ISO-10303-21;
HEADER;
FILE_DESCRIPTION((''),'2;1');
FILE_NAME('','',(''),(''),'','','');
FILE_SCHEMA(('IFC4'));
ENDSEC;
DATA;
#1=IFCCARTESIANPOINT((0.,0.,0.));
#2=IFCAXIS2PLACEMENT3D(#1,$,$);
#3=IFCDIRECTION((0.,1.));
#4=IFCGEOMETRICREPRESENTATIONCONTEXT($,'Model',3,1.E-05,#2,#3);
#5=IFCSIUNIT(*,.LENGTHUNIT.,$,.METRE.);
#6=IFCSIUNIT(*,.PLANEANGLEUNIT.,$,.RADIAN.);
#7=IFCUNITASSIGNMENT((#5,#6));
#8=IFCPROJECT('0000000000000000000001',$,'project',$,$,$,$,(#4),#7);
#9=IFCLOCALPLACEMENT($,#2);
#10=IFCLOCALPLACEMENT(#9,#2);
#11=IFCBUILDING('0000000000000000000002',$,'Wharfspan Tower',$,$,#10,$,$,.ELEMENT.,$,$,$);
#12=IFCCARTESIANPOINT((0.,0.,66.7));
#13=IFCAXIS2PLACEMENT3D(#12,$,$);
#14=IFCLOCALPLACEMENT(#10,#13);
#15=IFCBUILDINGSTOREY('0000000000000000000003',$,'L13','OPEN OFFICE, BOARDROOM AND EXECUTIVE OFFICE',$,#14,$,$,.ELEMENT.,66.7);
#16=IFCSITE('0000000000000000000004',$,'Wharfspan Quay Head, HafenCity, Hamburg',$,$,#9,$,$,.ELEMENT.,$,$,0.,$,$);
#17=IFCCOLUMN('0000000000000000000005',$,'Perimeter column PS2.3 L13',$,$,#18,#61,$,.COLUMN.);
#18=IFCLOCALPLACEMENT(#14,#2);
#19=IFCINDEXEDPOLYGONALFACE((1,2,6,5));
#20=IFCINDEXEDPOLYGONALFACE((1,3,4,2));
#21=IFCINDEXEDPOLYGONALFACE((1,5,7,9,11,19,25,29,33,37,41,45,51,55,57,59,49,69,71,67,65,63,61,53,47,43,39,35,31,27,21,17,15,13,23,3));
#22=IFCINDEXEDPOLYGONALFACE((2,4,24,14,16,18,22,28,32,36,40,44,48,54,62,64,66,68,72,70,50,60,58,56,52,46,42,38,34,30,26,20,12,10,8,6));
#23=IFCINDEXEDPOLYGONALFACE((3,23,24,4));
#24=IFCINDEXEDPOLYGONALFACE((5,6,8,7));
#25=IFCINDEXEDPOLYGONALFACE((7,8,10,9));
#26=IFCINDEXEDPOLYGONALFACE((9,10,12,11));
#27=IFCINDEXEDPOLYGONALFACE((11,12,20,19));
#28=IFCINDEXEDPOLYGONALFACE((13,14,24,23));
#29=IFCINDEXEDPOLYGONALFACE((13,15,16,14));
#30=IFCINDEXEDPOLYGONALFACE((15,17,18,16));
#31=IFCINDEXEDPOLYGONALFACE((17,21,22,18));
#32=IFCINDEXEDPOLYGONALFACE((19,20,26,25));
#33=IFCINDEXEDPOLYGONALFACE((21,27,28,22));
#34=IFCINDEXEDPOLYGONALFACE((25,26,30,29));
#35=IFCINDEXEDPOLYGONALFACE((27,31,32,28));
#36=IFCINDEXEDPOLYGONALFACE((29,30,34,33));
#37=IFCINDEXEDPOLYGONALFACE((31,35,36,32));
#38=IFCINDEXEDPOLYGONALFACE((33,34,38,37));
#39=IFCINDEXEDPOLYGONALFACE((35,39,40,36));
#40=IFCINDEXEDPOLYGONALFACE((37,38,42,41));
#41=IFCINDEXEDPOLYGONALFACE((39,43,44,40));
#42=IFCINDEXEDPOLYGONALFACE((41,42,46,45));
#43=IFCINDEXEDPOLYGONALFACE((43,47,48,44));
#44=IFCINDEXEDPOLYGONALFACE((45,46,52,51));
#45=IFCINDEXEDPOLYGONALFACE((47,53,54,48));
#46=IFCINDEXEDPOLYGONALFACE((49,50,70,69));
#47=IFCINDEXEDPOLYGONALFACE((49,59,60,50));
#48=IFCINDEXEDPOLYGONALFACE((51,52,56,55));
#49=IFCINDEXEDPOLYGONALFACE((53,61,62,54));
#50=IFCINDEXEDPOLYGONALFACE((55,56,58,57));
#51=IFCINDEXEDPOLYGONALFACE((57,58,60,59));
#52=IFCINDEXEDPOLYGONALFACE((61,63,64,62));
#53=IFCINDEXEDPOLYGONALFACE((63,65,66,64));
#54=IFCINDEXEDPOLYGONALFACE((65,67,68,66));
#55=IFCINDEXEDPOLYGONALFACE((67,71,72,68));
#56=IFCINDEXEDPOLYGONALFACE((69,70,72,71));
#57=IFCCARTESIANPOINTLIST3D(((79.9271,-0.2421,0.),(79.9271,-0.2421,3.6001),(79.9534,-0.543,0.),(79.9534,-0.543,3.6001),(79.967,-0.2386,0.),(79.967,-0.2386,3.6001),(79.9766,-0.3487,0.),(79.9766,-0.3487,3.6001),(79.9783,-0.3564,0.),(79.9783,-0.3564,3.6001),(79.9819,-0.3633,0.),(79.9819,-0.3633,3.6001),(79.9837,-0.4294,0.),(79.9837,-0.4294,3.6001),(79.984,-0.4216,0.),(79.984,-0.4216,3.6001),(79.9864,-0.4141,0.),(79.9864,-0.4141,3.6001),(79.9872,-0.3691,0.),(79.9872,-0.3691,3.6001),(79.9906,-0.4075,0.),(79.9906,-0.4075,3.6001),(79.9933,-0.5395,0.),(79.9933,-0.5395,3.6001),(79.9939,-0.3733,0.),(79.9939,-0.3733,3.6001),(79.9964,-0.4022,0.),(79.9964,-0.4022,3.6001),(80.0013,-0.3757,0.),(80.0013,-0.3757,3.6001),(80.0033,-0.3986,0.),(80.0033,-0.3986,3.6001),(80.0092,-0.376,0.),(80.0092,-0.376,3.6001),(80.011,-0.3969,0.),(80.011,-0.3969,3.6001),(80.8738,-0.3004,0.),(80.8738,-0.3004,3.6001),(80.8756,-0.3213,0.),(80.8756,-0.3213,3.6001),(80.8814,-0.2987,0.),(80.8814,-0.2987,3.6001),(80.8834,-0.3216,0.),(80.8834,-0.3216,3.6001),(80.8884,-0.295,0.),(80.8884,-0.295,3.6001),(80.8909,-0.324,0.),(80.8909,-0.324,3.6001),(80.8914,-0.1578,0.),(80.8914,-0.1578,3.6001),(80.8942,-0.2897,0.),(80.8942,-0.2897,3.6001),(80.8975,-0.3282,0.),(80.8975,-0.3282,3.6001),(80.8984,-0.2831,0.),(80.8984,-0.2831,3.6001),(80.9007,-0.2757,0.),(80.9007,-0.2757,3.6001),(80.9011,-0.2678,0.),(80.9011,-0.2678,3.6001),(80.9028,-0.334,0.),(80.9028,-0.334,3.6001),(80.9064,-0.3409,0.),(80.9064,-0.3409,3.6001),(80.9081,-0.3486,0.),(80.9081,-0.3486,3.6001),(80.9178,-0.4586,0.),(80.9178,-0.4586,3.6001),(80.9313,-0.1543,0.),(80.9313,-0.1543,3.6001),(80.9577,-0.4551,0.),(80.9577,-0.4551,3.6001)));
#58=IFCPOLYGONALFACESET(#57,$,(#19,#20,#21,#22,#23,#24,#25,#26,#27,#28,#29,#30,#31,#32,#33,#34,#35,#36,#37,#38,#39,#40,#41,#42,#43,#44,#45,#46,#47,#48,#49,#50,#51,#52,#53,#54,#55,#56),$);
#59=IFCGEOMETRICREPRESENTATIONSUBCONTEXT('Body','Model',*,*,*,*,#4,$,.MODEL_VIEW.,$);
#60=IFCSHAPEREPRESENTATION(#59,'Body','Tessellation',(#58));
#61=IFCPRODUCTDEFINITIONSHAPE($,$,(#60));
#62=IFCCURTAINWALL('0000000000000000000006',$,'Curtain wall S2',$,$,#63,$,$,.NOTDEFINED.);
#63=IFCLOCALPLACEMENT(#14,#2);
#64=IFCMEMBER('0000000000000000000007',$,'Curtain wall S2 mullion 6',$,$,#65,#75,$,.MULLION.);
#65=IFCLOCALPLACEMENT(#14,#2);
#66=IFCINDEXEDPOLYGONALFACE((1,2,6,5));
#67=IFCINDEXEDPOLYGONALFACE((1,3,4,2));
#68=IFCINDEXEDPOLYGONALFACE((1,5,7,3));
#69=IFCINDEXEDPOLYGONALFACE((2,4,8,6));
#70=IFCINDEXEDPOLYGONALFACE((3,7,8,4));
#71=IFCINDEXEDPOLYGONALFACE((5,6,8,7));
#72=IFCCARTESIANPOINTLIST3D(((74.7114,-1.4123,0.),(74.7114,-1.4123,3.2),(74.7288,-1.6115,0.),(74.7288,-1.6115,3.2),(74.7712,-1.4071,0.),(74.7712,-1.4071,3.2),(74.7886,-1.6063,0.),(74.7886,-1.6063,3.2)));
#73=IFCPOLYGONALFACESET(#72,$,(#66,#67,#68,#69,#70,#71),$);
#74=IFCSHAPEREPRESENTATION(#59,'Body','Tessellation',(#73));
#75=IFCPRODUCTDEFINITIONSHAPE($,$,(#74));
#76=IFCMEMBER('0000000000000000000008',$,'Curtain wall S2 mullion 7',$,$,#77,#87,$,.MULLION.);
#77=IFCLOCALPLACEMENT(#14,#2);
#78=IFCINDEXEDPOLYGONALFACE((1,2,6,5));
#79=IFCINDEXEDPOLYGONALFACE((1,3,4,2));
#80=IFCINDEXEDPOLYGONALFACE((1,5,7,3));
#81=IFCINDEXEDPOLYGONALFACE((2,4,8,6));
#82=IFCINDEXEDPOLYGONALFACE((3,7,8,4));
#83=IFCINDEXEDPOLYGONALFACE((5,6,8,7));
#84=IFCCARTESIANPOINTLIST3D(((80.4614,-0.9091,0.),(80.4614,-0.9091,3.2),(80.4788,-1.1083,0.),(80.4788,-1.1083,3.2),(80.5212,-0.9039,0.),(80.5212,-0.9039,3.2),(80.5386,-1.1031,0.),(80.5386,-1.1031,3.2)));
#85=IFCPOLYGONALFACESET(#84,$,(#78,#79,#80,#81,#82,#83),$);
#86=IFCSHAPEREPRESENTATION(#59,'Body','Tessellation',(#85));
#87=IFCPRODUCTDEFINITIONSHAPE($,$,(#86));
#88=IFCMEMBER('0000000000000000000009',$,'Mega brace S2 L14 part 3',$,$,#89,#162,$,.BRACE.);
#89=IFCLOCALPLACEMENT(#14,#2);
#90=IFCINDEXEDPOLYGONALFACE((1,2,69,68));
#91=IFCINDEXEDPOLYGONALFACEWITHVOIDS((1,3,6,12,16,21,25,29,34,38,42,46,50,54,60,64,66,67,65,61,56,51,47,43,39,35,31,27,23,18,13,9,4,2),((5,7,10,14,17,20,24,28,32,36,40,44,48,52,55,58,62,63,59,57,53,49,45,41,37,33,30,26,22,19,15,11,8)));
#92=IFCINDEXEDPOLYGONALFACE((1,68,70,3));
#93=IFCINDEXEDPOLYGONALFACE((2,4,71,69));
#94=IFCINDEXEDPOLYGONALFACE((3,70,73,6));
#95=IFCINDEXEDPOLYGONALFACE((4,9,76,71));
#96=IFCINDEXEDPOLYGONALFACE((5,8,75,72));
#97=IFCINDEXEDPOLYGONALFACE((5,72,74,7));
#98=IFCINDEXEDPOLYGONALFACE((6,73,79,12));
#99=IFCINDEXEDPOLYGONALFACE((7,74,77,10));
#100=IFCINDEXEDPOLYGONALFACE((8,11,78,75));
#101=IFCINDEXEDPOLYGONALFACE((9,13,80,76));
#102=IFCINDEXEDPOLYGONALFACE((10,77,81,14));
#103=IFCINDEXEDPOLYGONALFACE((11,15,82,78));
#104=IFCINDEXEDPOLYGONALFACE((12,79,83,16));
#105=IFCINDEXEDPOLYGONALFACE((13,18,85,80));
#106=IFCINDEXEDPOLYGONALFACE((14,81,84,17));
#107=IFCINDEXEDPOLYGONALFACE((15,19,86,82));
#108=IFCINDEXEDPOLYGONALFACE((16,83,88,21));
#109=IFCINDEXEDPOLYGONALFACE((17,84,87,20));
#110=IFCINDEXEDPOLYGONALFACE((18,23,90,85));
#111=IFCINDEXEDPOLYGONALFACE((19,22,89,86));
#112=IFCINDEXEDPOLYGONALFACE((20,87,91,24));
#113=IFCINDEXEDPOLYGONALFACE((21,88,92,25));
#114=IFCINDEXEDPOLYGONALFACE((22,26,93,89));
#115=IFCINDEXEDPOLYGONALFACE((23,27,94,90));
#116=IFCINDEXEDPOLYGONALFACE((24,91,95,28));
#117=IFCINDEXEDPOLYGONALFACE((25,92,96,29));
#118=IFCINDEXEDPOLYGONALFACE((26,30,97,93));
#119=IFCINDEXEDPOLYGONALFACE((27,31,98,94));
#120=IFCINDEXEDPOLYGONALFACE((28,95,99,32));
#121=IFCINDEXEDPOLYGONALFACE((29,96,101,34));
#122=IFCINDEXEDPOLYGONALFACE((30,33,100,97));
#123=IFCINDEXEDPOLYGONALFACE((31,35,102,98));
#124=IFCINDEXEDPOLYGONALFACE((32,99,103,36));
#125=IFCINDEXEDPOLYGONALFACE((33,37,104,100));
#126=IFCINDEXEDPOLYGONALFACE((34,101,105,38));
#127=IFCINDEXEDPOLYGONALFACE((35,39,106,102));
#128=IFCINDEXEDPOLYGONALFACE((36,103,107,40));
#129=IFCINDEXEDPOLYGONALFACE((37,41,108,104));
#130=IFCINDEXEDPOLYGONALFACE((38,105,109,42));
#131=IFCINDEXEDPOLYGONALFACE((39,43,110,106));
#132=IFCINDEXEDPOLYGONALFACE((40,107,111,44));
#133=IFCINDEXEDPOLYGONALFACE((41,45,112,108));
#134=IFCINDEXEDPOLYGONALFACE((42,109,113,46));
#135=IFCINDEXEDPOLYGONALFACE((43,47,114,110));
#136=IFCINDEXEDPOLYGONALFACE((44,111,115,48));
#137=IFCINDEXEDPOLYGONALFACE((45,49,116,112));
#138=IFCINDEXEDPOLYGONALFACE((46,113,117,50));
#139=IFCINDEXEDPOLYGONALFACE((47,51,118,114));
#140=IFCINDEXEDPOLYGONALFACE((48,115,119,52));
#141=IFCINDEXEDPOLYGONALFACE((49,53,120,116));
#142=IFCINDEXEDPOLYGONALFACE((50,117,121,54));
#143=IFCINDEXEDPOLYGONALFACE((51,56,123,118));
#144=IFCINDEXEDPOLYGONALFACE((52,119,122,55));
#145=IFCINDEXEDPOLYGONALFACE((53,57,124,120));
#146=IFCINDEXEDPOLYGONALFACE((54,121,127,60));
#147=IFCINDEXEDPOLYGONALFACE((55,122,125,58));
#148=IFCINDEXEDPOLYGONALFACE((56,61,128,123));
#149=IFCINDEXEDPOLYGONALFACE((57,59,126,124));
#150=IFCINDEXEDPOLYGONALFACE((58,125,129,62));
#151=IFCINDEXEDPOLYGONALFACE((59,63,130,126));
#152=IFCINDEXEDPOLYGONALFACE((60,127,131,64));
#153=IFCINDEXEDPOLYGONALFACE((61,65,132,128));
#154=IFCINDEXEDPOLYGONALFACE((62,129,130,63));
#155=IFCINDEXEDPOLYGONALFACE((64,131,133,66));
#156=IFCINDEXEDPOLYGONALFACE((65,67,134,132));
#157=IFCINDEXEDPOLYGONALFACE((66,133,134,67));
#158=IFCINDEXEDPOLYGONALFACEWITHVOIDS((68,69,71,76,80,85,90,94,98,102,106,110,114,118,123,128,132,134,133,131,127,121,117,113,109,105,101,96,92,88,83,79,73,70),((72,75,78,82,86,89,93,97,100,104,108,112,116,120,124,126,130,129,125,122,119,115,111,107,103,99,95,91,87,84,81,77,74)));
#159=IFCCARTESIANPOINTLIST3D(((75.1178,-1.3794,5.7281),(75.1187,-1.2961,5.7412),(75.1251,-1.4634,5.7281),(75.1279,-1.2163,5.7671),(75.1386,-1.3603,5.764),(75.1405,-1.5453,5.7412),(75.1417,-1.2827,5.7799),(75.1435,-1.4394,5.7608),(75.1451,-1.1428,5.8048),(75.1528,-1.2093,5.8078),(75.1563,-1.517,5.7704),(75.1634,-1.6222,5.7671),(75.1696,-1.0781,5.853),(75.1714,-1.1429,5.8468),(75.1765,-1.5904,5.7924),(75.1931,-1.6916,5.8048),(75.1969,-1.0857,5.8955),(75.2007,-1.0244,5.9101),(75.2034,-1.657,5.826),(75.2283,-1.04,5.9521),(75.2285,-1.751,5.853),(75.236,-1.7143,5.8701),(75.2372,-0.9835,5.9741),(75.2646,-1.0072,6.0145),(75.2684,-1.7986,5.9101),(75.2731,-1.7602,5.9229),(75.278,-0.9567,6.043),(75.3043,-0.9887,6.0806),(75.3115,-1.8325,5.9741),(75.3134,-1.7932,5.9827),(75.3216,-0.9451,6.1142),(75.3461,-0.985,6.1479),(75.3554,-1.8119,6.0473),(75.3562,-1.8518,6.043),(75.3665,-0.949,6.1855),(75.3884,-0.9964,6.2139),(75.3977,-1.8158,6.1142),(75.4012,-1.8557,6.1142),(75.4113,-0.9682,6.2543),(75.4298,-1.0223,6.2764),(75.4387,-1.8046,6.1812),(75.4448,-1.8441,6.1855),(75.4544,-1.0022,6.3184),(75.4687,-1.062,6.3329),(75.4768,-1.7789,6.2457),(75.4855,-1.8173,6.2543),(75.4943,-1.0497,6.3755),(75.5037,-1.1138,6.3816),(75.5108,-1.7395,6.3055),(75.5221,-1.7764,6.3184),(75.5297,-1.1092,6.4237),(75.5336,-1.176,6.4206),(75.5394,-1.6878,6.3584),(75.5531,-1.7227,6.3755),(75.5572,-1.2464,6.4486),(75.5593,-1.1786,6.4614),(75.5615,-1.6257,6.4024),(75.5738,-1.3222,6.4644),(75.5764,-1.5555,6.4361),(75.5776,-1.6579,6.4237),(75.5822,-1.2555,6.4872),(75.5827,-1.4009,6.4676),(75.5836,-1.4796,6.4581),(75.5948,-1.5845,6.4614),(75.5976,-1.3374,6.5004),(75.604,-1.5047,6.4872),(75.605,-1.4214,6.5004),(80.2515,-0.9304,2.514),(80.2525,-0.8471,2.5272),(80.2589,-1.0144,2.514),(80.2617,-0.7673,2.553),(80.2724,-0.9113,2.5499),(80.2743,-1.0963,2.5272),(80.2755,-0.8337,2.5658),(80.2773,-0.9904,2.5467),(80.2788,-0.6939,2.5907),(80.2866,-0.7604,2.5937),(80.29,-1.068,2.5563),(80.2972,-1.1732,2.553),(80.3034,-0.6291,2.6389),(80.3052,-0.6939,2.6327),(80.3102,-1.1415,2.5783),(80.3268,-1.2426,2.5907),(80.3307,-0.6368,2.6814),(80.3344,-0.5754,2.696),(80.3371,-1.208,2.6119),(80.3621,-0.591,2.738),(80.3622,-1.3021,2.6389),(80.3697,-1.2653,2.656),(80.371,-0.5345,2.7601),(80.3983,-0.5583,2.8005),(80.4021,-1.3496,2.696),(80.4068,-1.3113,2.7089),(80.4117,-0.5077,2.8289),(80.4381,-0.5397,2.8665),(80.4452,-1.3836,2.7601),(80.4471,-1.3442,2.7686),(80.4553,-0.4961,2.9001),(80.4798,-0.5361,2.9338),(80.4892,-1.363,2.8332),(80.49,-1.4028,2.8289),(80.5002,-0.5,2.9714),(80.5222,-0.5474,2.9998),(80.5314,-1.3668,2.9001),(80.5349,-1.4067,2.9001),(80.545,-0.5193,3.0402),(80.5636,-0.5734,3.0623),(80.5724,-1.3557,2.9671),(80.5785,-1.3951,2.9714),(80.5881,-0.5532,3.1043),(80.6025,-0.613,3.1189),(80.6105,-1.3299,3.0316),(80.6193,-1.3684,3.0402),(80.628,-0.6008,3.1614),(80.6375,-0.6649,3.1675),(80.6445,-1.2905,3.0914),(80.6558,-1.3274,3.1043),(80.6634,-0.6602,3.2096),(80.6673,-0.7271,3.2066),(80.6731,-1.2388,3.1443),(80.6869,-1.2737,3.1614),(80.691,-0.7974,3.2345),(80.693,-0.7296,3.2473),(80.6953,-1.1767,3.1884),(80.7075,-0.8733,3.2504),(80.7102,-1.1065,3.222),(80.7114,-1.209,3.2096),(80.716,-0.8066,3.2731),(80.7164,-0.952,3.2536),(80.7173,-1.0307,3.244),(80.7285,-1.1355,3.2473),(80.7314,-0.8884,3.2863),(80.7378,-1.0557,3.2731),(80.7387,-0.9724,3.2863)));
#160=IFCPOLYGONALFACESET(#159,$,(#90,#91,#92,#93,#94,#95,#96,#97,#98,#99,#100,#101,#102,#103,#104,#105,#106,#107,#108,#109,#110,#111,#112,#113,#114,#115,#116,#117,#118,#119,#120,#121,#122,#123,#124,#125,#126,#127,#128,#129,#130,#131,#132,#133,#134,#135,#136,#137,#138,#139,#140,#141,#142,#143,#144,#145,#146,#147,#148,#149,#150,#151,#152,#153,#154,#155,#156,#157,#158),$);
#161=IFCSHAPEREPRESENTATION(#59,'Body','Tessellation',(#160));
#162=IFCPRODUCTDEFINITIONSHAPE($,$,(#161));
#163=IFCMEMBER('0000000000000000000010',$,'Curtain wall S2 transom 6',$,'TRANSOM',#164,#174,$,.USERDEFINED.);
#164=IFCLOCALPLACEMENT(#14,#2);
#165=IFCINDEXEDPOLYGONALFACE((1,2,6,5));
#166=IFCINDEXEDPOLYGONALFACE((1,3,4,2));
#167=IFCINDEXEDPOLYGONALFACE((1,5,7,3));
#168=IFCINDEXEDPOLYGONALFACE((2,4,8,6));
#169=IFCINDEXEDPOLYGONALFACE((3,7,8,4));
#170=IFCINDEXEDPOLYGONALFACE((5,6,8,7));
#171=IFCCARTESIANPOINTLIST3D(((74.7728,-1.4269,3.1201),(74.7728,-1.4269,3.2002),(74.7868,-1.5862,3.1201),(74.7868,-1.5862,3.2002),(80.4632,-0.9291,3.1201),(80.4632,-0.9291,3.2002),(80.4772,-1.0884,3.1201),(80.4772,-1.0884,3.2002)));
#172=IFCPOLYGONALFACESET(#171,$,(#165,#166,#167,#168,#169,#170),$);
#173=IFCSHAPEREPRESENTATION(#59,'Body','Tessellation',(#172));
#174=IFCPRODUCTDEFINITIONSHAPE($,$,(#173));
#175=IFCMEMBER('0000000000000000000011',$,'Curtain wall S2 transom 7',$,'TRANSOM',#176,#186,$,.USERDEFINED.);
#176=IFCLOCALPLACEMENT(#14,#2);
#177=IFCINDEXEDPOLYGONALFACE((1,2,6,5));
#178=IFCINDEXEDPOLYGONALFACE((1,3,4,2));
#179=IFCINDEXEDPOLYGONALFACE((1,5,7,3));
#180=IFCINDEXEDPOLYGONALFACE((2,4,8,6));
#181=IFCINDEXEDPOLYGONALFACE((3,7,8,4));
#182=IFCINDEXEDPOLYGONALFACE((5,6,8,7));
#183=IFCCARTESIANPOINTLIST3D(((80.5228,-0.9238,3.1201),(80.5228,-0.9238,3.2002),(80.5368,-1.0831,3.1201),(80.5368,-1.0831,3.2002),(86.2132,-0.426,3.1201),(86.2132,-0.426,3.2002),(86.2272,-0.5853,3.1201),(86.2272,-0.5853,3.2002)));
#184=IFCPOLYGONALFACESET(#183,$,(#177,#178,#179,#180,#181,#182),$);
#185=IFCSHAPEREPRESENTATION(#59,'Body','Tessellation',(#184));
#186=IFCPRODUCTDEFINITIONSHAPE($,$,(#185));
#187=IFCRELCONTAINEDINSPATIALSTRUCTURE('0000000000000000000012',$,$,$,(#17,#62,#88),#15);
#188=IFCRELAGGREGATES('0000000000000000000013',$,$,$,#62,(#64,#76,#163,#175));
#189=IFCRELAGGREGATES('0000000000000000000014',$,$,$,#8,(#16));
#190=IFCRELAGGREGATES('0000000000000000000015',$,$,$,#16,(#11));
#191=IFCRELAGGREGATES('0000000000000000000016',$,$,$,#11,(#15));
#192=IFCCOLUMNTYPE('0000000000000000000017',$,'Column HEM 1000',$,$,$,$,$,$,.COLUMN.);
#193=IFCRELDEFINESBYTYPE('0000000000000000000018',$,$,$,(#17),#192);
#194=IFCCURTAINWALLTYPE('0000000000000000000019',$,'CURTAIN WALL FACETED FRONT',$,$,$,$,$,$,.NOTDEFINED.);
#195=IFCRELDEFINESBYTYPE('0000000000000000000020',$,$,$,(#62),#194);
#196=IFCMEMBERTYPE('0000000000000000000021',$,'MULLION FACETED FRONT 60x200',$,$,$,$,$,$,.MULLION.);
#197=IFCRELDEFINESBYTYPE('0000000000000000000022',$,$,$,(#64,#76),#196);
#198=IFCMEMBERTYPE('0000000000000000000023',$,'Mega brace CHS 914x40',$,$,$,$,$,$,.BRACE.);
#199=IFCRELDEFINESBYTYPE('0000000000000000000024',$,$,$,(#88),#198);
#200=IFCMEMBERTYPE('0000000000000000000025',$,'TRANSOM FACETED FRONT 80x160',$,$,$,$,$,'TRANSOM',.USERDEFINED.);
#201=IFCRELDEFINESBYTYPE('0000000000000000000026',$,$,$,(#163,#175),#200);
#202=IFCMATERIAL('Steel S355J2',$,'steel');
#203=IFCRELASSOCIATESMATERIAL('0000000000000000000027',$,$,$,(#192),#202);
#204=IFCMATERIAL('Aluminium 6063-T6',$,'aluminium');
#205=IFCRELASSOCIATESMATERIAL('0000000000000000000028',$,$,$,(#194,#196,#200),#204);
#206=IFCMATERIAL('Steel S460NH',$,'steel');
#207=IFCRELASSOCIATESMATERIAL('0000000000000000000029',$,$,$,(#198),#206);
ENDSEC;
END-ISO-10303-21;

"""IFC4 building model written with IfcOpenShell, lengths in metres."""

from ifc_helpers import new_model, si_unit, direction, frame, origin, origin_2d, place, context, subcontext, project, spatial, rectangle, hollow_circle, i_section, extrude, material, material_profile, profile_set, type_object, element, aggregate, save


model = new_model("IFC4")

# Units and contexts
model_context = context("Model", 3, precision=1e-05, world=origin(), true_north=direction((0.0, 1.0)))
body_context = subcontext(model_context, "Body", "Model", "MODEL_VIEW")
ifc_project = project(units=[si_unit("LENGTHUNIT", "METRE"), si_unit("PLANEANGLEUNIT", "RADIAN")], contexts=[model_context])

# Site, building, storey
site_placement = place(None, origin())
site = spatial("IfcSite", under=ifc_project, at=site_placement, Name="Wharfspan Quay Head, HafenCity, Hamburg", CompositionType="ELEMENT", RefElevation=0.0)
building_placement = place(site_placement, origin())
building = spatial("IfcBuilding", under=site, at=building_placement, Name="Wharfspan Tower", CompositionType="ELEMENT")
storey_placement = place(building_placement, frame((0.0, 0.0, 66.7)))
storey = spatial("IfcBuildingStorey", under=building, at=storey_placement, Name="L13", Description="OPEN OFFICE, BOARDROOM AND EXECUTIVE OFFICE", CompositionType="ELEMENT", Elevation=66.7)

# Column
ifc_material_1 = material(Name="Steel S355J2", Category="steel")
ifc_material_profile_1 = material_profile(ifc_material_1, i_section(OverallWidth=0.302, OverallDepth=1.0081, WebThickness=0.021, FlangeThickness=0.04, FilletRadius=0.03, at=origin_2d()))
ifc_profile_set_1 = profile_set([ifc_material_profile_1], Name="Steel S355J2")
column_type = type_object("IfcColumnType", Name="Column HEM 1000", PredefinedType="COLUMN", material=ifc_profile_set_1)
column_placement = place(storey_placement, frame((80.4424, -0.3486, 0.0), z_axis=(0.0, 0.0, 1.0), x_axis=(0.087156, -0.996198, 0.0)))
element("IfcColumn", 1, at=column_placement, inside=storey, type_object=column_type, Name="Perimeter column PS2.3 L13", PredefinedType="COLUMN", context=body_context, shape_type="SweptSolid", body=[
    extrude(i_section(OverallWidth=0.302, OverallDepth=1.0081, WebThickness=0.021, FlangeThickness=0.04, FilletRadius=0.03, at=origin_2d()), origin(), (0.0, 0.0, 1.0), 3.6001),
])

# Curtain wall, members
ifc_material_2 = material(Name="Aluminium 6063-T6", Category="aluminium")
curtain_wall_type = type_object("IfcCurtainWallType", Name="CURTAIN WALL FACETED FRONT", PredefinedType="NOTDEFINED", material=ifc_material_2)
curtain_wall_placement = place(storey_placement, origin())
curtain_wall = element("IfcCurtainWall", 2, at=curtain_wall_placement, inside=storey, type_object=curtain_wall_type, Name="Curtain wall S2", PredefinedType="NOTDEFINED")
ifc_material_profile_2 = material_profile(ifc_material_2, rectangle(XDim=0.2, YDim=0.0601, at=origin_2d()))
ifc_profile_set_2 = profile_set([ifc_material_profile_2], Name="Aluminium 6063-T6")
member_type_1 = type_object("IfcMemberType", Name="MULLION FACETED FRONT 60x200", PredefinedType="MULLION", material=ifc_profile_set_2)
member_1_placement = place(storey_placement, frame((74.75, -1.5093, 0.0), z_axis=(0.0, 0.0, 1.0), x_axis=(-0.087156, 0.996197, 0.0)))
member_1 = element("IfcMember", 3, at=member_1_placement, type_object=member_type_1, Name="Curtain wall S2 mullion 6", PredefinedType="MULLION", context=body_context, shape_type="SweptSolid", body=[
    extrude(rectangle(XDim=0.2, YDim=0.0601, at=origin_2d()), origin(), (0.0, 0.0, 1.0), 3.2),
])
member_2_placement = place(storey_placement, frame((80.5, -1.0061, 0.0), z_axis=(0.0, 0.0, 1.0), x_axis=(-0.087156, 0.996197, 0.0)))
member_2 = element("IfcMember", 4, at=member_2_placement, type_object=member_type_1, Name="Curtain wall S2 mullion 7", PredefinedType="MULLION", context=body_context, shape_type="SweptSolid", body=[
    extrude(rectangle(XDim=0.2, YDim=0.0601, at=origin_2d()), origin(), (0.0, 0.0, 1.0), 3.2),
])

# Members
ifc_material_3 = material(Name="Steel S460NH", Category="steel")
ifc_material_profile_3 = material_profile(ifc_material_3, hollow_circle(Radius=0.457, WallThickness=0.04, at=origin_2d()))
ifc_profile_set_3 = profile_set([ifc_material_profile_3], Name="Steel S460NH")
member_type_2 = type_object("IfcMemberType", Name="Mega brace CHS 914x40", PredefinedType="BRACE", material=ifc_profile_set_3)
member_3_placement = place(storey_placement, frame((80.4951, -0.9514, 2.9001), z_axis=(-0.845271, -0.073923, 0.529199), x_axis=(0.087123, -0.996199, 0.000001)))
element("IfcMember", 5, at=member_3_placement, inside=storey, type_object=member_type_2, Name="Mega brace S2 L14 part 3", PredefinedType="BRACE", context=body_context, shape_type="SweptSolid", body=[
    extrude(hollow_circle(Radius=0.457, WallThickness=0.04, at=origin_2d()), origin(), (0.0, 0.0, 1.0), 6.0735),
])
ifc_material_profile_4 = material_profile(ifc_material_2, rectangle(XDim=0.1599, YDim=0.0801, at=origin_2d()))
ifc_profile_set_4 = profile_set([ifc_material_profile_4], Name="Aluminium 6063-T6")
member_type_3 = type_object("IfcMemberType", Name="TRANSOM FACETED FRONT 80x160", ElementType="TRANSOM", PredefinedType="USERDEFINED", material=ifc_profile_set_4)
member_4_placement = place(storey_placement, frame((74.7798, -1.5066, 3.1602), z_axis=(0.996195, 0.087148, 0.0), x_axis=(-0.087148, 0.996195, 0.0)))
member_4 = element("IfcMember", 6, at=member_4_placement, type_object=member_type_3, Name="Curtain wall S2 transom 6", ObjectType="TRANSOM", PredefinedType="USERDEFINED", context=body_context, shape_type="SweptSolid", body=[
    extrude(rectangle(XDim=0.1599, YDim=0.0801, at=origin_2d()), origin(), (0.0, 0.0, 1.0), 5.7122),
])
member_5_placement = place(storey_placement, frame((80.5298, -1.0034, 3.1602), z_axis=(0.996195, 0.087148, 0.0), x_axis=(-0.087148, 0.996195, 0.0)))
member_5 = element("IfcMember", 7, at=member_5_placement, type_object=member_type_3, Name="Curtain wall S2 transom 7", ObjectType="TRANSOM", PredefinedType="USERDEFINED", context=body_context, shape_type="SweptSolid", body=[
    extrude(rectangle(XDim=0.1599, YDim=0.0801, at=origin_2d()), origin(), (0.0, 0.0, 1.0), 5.7122),
])

aggregate(curtain_wall, [member_1, member_2, member_4, member_5])

save(model, "model.ifc")
